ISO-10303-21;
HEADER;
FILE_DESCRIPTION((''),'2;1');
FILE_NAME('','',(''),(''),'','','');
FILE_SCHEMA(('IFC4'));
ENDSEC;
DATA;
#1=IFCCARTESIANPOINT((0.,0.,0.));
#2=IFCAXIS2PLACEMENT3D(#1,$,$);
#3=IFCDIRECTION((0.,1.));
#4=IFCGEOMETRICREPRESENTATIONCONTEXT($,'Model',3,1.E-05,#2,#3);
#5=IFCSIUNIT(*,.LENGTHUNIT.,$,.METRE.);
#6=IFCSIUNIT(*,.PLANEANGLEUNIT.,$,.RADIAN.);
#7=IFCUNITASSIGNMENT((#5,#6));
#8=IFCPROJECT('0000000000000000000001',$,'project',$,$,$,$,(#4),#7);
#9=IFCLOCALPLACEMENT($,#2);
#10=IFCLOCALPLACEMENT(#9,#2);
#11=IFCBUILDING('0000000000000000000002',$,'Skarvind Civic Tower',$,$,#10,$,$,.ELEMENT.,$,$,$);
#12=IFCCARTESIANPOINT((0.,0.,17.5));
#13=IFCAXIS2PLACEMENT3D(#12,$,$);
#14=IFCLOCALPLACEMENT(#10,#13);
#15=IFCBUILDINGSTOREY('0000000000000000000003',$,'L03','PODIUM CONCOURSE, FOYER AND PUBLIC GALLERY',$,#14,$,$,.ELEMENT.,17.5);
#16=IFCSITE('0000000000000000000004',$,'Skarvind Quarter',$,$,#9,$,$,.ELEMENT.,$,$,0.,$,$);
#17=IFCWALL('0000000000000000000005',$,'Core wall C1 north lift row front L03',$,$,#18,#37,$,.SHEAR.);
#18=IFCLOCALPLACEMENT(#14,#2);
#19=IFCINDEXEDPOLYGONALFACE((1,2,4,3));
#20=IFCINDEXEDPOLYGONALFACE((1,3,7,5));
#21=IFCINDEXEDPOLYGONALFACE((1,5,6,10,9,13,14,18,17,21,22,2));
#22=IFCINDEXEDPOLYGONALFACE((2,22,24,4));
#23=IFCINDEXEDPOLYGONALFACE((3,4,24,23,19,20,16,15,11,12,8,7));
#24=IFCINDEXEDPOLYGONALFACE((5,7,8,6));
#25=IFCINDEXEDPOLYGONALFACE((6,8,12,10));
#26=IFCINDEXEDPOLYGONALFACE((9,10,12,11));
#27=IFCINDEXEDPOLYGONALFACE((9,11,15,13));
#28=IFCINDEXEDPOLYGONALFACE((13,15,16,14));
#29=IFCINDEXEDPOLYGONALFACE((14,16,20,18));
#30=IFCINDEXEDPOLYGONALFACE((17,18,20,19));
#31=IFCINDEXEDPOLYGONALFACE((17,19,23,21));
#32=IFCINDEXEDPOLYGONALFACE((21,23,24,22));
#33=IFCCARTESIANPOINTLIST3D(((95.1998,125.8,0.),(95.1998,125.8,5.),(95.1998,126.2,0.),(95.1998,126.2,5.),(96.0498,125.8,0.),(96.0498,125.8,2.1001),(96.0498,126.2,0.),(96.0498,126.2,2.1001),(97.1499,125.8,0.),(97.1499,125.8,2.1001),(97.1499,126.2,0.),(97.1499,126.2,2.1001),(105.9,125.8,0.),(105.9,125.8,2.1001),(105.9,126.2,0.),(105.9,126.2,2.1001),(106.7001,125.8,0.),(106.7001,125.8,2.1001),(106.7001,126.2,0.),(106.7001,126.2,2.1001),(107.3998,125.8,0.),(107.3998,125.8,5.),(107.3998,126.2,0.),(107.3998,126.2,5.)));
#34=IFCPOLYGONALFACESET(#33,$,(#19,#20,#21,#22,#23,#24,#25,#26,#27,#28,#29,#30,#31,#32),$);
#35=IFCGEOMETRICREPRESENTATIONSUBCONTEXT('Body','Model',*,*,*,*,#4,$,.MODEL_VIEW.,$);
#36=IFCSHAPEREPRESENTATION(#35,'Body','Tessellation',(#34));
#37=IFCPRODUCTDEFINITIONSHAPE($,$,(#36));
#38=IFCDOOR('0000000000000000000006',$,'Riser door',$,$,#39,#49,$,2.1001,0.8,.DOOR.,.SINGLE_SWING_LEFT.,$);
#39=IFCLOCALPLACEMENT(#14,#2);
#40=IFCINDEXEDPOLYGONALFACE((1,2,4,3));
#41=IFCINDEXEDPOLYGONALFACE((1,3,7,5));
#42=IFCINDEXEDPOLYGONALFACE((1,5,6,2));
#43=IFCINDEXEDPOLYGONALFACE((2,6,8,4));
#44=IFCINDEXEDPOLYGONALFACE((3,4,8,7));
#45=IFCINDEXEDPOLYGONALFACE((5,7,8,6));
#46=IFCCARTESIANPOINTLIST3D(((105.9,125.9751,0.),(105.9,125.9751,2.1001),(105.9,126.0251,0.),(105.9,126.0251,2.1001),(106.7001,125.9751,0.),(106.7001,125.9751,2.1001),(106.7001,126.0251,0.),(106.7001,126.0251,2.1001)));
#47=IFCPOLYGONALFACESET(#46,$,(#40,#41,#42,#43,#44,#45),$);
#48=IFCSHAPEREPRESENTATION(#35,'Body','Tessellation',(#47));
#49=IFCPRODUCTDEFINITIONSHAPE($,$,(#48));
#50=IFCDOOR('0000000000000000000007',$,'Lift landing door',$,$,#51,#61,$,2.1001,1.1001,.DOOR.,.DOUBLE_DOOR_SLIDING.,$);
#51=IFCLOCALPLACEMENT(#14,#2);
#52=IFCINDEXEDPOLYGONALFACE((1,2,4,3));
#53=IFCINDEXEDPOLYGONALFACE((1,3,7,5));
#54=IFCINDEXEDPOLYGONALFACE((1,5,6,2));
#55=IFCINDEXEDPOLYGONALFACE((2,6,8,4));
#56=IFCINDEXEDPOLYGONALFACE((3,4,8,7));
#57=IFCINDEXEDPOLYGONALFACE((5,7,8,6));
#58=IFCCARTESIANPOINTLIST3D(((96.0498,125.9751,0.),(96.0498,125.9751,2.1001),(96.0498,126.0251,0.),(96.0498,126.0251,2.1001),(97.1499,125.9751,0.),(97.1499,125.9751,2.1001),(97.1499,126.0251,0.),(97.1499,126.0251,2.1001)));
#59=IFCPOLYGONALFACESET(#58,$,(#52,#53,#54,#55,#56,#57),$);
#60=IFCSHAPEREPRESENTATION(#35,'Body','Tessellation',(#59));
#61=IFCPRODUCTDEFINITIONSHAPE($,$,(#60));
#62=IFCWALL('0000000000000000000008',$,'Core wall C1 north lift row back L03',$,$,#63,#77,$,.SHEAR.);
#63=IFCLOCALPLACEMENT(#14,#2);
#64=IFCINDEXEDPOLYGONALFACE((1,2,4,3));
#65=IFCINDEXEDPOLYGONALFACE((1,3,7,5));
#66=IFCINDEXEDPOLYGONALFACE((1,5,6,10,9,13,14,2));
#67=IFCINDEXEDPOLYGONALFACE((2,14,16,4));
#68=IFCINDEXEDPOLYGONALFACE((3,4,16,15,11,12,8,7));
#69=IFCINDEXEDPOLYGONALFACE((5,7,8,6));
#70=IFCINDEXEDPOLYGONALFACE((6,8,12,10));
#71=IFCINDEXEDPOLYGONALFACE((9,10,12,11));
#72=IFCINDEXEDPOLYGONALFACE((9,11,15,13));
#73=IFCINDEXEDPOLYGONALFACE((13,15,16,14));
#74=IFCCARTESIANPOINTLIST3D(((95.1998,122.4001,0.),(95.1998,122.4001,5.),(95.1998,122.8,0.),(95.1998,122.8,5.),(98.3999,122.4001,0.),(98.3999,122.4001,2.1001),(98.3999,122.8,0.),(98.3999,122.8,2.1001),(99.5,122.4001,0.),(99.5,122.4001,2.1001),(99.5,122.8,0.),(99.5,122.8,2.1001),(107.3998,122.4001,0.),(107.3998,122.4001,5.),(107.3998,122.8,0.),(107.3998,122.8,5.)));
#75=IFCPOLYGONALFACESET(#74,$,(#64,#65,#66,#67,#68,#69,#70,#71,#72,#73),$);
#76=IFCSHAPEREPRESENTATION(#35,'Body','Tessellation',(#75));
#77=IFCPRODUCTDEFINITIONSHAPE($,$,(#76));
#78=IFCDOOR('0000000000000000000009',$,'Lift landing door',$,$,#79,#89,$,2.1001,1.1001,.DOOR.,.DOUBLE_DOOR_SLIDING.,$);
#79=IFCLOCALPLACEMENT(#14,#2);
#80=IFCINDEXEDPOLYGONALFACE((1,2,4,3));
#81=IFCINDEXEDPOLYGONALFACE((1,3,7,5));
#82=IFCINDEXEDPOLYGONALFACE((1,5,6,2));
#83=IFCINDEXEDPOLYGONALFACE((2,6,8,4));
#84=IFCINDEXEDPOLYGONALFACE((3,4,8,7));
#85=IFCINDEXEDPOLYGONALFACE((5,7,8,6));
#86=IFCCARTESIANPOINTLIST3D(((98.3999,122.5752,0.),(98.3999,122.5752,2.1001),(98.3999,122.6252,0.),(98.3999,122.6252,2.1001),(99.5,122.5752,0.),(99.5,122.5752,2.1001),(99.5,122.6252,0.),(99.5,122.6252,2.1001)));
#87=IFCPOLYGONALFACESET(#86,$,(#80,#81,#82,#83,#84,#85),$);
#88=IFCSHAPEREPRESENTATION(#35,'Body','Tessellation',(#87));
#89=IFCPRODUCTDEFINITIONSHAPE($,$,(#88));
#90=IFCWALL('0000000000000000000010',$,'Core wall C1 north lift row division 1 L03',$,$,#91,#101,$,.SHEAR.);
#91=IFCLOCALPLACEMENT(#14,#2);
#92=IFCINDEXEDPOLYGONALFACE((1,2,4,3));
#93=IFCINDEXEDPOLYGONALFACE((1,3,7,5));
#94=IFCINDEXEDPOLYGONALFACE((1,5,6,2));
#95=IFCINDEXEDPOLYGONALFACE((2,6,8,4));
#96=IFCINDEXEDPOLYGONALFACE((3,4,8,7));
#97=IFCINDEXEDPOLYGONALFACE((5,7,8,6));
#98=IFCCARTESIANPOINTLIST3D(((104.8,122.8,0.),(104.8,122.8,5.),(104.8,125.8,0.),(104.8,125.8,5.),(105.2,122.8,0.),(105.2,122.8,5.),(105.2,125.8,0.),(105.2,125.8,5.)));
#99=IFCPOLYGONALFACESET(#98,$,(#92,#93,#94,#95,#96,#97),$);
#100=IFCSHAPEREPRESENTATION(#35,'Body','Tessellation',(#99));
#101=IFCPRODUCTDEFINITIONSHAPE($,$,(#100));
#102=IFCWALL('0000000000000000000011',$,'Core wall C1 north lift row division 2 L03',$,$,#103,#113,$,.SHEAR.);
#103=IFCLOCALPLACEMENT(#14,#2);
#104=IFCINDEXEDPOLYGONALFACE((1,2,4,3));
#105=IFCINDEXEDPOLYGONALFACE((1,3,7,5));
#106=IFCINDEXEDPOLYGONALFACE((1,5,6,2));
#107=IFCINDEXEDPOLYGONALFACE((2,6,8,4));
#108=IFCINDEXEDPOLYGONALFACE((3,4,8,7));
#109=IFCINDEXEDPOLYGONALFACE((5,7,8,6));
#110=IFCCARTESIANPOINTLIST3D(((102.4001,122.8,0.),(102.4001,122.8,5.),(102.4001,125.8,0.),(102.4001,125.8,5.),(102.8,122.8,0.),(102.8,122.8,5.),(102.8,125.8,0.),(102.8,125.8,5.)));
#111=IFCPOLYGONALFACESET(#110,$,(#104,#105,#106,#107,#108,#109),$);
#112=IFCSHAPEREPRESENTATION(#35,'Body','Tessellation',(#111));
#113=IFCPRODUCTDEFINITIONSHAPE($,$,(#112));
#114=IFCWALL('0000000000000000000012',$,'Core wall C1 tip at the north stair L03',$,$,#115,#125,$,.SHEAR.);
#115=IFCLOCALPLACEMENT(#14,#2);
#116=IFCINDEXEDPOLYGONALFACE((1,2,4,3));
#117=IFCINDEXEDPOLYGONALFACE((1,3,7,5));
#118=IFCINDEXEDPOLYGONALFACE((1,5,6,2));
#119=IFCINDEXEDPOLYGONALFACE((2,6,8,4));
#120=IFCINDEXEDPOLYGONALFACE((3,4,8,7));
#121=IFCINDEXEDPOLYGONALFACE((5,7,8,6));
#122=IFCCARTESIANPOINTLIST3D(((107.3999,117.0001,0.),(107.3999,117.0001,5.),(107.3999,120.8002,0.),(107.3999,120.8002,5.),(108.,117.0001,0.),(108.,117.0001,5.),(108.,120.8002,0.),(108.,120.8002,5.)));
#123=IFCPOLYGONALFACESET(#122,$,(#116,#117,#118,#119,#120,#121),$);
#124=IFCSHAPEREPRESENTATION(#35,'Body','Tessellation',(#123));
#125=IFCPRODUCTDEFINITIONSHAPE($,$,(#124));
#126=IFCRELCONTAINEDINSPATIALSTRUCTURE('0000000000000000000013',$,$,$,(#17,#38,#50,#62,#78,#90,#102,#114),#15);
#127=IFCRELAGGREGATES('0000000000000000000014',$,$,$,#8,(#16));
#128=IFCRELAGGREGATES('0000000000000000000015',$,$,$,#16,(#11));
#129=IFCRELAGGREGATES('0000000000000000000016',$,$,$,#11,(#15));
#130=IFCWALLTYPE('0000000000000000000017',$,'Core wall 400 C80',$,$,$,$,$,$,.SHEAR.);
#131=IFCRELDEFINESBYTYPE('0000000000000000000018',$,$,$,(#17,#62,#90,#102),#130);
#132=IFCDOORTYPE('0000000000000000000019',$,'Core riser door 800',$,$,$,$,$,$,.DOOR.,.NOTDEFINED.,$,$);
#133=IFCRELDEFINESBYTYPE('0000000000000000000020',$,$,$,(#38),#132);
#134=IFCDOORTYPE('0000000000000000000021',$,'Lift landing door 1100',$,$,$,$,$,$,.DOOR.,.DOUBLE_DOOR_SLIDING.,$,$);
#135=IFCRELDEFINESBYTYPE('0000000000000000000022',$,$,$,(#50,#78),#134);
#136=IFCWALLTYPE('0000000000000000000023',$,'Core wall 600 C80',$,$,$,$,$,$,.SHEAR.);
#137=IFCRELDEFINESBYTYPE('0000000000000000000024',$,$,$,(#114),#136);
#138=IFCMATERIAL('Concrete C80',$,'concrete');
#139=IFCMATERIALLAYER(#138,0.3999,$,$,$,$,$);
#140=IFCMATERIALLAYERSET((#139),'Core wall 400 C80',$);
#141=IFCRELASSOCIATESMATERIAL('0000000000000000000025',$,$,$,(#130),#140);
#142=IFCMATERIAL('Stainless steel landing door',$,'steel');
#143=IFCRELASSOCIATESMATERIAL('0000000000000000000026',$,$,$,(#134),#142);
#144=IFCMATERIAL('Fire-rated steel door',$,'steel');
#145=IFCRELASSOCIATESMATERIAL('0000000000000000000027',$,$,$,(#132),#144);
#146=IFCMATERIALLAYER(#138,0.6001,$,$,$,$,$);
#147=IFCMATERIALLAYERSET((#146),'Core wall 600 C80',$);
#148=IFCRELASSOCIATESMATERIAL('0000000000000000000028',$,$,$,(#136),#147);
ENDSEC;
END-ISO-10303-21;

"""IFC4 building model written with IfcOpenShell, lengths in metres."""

from ifc_helpers import new_model, si_unit, direction, frame, frame_2d, origin, place, context, subcontext, project, spatial, rectangle, extrude, material, layer, layer_set, type_object, element, fill, save


model = new_model("IFC4")

# Units and contexts
model_context = context("Model", 3, precision=1e-05, world=origin(), true_north=direction((0.0, 1.0)))
body_context = subcontext(model_context, "Body", "Model", "MODEL_VIEW")
ifc_project = project(units=[si_unit("LENGTHUNIT", "METRE"), si_unit("PLANEANGLEUNIT", "RADIAN")], contexts=[model_context])

# Site, building, storey
site_placement = place(None, origin())
site = spatial("IfcSite", under=ifc_project, at=site_placement, Name="Skarvind Quarter", CompositionType="ELEMENT", RefElevation=0.0)
building_placement = place(site_placement, origin())
building = spatial("IfcBuilding", under=site, at=building_placement, Name="Skarvind Civic Tower", CompositionType="ELEMENT")
storey_placement = place(building_placement, frame((0.0, 0.0, 17.5)))
storey = spatial("IfcBuildingStorey", under=building, at=storey_placement, Name="L03", Description="PODIUM CONCOURSE, FOYER AND PUBLIC GALLERY", CompositionType="ELEMENT", Elevation=17.5)

# Shared definitions
ifc_material_1 = material(Name="Concrete C80", Category="concrete")
ifc_layer_1 = layer(ifc_material_1, 0.3999)
ifc_layer_set_1 = layer_set([ifc_layer_1], Name="Core wall 400 C80")
wall_type_1 = type_object("IfcWallType", Name="Core wall 400 C80", PredefinedType="SHEAR", material=ifc_layer_set_1)

# Shared definitions
ifc_material_2 = material(Name="Stainless steel landing door", Category="steel")
door_type_1 = type_object("IfcDoorType", Name="Lift landing door 1100", OperationType="DOUBLE_DOOR_SLIDING", PredefinedType="DOOR", material=ifc_material_2)

# Wall, openings, doors
wall_1_placement = place(storey_placement, frame((107.3999, 126.0, 0.0), z_axis=(0.0, 0.0, 1.0), x_axis=(-1.0, 0.0, 0.0)))
wall_1 = element("IfcWall", 1, at=wall_1_placement, inside=storey, type_object=wall_type_1, Name="Core wall C1 north lift row front L03", PredefinedType="SHEAR", context=body_context, shape_type="SweptSolid", body=[
    extrude(rectangle(XDim=12.2, YDim=0.3999, at=frame_2d((6.1001, 0.0))), origin(), (0.0, 0.0, 1.0), 5.0),
])
opening_1_placement = place(wall_1_placement, frame((10.25, 0.0, 0.0)))
opening_1 = element("IfcOpeningElement", 2, at=opening_1_placement, cuts=wall_1, PredefinedType="OPENING", context=body_context, shape_type="SweptSolid", body=[
    extrude(rectangle(XDim=1.1001, YDim=2.1001, at=frame_2d((0.55, 1.05))), frame((0.0, 0.21, 0.0), z_axis=(0.0, -1.0, 0.0), x_axis=(1.0, 0.0, 0.0)), (0.0, 0.0, 1.0), 0.4199),
])
opening_2_placement = place(wall_1_placement, frame((0.7, 0.0, 0.0)))
opening_2 = element("IfcOpeningElement", 3, at=opening_2_placement, cuts=wall_1, PredefinedType="OPENING", context=body_context, shape_type="SweptSolid", body=[
    extrude(rectangle(XDim=0.8, YDim=2.1001, at=frame_2d((0.3999, 1.05))), frame((0.0, 0.21, 0.0), z_axis=(0.0, -1.0, 0.0), x_axis=(1.0, 0.0, 0.0)), (0.0, 0.0, 1.0), 0.4199),
])
ifc_material_3 = material(Name="Fire-rated steel door", Category="steel")
door_type_2 = type_object("IfcDoorType", Name="Core riser door 800", OperationType="NOTDEFINED", PredefinedType="DOOR", material=ifc_material_3)
door_1_placement = place(opening_2_placement, origin())
door_1 = element("IfcDoor", 4, at=door_1_placement, inside=storey, type_object=door_type_2, Name="Riser door", OperationType="SINGLE_SWING_LEFT", OverallHeight=2.1001, OverallWidth=0.8, PredefinedType="DOOR", context=body_context, shape_type="SweptSolid", body=[
    extrude(rectangle(XDim=0.8, YDim=2.1001, at=frame_2d((0.3999, 1.05))), frame((0.0, 0.0249, 0.0), z_axis=(0.0, -1.0, 0.0), x_axis=(1.0, 0.0, 0.0)), (0.0, 0.0, 1.0), 0.05),
])
fill(opening_2, door_1)
door_2_placement = place(opening_1_placement, origin())
door_2 = element("IfcDoor", 5, at=door_2_placement, inside=storey, type_object=door_type_1, Name="Lift landing door", OperationType="DOUBLE_DOOR_SLIDING", OverallHeight=2.1001, OverallWidth=1.1001, PredefinedType="DOOR", context=body_context, shape_type="SweptSolid", body=[
    extrude(rectangle(XDim=1.1001, YDim=2.1001, at=frame_2d((0.55, 1.05))), frame((0.0, 0.0249, 0.0), z_axis=(0.0, -1.0, 0.0), x_axis=(1.0, 0.0, 0.0)), (0.0, 0.0, 1.0), 0.05),
])
fill(opening_1, door_2)

# Wall, opening, door
wall_2_placement = place(storey_placement, frame((107.3999, 122.6001, 0.0), z_axis=(0.0, 0.0, 1.0), x_axis=(-1.0, 0.0, 0.0)))
wall_2 = element("IfcWall", 6, at=wall_2_placement, inside=storey, type_object=wall_type_1, Name="Core wall C1 north lift row back L03", PredefinedType="SHEAR", context=body_context, shape_type="SweptSolid", body=[
    extrude(rectangle(XDim=12.2, YDim=0.3999, at=frame_2d((6.1001, 0.0))), origin(), (0.0, 0.0, 1.0), 5.0),
])
opening_3_placement = place(wall_2_placement, frame((7.8999, 0.0, 0.0)))
opening_3 = element("IfcOpeningElement", 7, at=opening_3_placement, cuts=wall_2, PredefinedType="OPENING", context=body_context, shape_type="SweptSolid", body=[
    extrude(rectangle(XDim=1.1001, YDim=2.1001, at=frame_2d((0.55, 1.05))), frame((0.0, 0.21, 0.0), z_axis=(0.0, -1.0, 0.0), x_axis=(1.0, 0.0, 0.0)), (0.0, 0.0, 1.0), 0.4199),
])
door_3_placement = place(opening_3_placement, origin())
door_3 = element("IfcDoor", 8, at=door_3_placement, inside=storey, type_object=door_type_1, Name="Lift landing door", OperationType="DOUBLE_DOOR_SLIDING", OverallHeight=2.1001, OverallWidth=1.1001, PredefinedType="DOOR", context=body_context, shape_type="SweptSolid", body=[
    extrude(rectangle(XDim=1.1001, YDim=2.1001, at=frame_2d((0.55, 1.05))), frame((0.0, 0.0249, 0.0), z_axis=(0.0, -1.0, 0.0), x_axis=(1.0, 0.0, 0.0)), (0.0, 0.0, 1.0), 0.05),
])
fill(opening_3, door_3)

# Walls
for number, where, z_axis, x_axis, name in (
    (9, (105.0, 125.8, 0.0), (0.0, 0.0, 1.0), (0.0, -1.0, 0.0), "Core wall C1 north lift row division 1 L03"),
    (10, (102.6001, 125.8, 0.0), (0.0, 0.0, 1.0), (0.0, -1.0, 0.0), "Core wall C1 north lift row division 2 L03"),
):
    element("IfcWall", number, at=place(storey_placement, frame(where, z_axis=z_axis, x_axis=x_axis)), inside=storey, type_object=wall_type_1, Name=name, PredefinedType="SHEAR", context=body_context, shape_type="SweptSolid", body=[
        extrude(rectangle(XDim=3.0, YDim=0.3999, at=frame_2d((1.5, 0.0))), origin(), (0.0, 0.0, 1.0), 5.0),
    ])
ifc_layer_2 = layer(ifc_material_1, 0.6001)
ifc_layer_set_2 = layer_set([ifc_layer_2], Name="Core wall 600 C80")
wall_type_2 = type_object("IfcWallType", Name="Core wall 600 C80", PredefinedType="SHEAR", material=ifc_layer_set_2)
wall_3_placement = place(storey_placement, frame((107.7, 120.8, 0.0), z_axis=(0.0, 0.0, 1.0), x_axis=(0.0, -1.0, 0.0)))
element("IfcWall", 11, at=wall_3_placement, inside=storey, type_object=wall_type_2, Name="Core wall C1 tip at the north stair L03", PredefinedType="SHEAR", context=body_context, shape_type="SweptSolid", body=[
    extrude(rectangle(XDim=3.8, YDim=0.6001, at=frame_2d((1.8999, 0.0))), origin(), (0.0, 0.0, 1.0), 5.0),
])

save(model, "model.ifc")
